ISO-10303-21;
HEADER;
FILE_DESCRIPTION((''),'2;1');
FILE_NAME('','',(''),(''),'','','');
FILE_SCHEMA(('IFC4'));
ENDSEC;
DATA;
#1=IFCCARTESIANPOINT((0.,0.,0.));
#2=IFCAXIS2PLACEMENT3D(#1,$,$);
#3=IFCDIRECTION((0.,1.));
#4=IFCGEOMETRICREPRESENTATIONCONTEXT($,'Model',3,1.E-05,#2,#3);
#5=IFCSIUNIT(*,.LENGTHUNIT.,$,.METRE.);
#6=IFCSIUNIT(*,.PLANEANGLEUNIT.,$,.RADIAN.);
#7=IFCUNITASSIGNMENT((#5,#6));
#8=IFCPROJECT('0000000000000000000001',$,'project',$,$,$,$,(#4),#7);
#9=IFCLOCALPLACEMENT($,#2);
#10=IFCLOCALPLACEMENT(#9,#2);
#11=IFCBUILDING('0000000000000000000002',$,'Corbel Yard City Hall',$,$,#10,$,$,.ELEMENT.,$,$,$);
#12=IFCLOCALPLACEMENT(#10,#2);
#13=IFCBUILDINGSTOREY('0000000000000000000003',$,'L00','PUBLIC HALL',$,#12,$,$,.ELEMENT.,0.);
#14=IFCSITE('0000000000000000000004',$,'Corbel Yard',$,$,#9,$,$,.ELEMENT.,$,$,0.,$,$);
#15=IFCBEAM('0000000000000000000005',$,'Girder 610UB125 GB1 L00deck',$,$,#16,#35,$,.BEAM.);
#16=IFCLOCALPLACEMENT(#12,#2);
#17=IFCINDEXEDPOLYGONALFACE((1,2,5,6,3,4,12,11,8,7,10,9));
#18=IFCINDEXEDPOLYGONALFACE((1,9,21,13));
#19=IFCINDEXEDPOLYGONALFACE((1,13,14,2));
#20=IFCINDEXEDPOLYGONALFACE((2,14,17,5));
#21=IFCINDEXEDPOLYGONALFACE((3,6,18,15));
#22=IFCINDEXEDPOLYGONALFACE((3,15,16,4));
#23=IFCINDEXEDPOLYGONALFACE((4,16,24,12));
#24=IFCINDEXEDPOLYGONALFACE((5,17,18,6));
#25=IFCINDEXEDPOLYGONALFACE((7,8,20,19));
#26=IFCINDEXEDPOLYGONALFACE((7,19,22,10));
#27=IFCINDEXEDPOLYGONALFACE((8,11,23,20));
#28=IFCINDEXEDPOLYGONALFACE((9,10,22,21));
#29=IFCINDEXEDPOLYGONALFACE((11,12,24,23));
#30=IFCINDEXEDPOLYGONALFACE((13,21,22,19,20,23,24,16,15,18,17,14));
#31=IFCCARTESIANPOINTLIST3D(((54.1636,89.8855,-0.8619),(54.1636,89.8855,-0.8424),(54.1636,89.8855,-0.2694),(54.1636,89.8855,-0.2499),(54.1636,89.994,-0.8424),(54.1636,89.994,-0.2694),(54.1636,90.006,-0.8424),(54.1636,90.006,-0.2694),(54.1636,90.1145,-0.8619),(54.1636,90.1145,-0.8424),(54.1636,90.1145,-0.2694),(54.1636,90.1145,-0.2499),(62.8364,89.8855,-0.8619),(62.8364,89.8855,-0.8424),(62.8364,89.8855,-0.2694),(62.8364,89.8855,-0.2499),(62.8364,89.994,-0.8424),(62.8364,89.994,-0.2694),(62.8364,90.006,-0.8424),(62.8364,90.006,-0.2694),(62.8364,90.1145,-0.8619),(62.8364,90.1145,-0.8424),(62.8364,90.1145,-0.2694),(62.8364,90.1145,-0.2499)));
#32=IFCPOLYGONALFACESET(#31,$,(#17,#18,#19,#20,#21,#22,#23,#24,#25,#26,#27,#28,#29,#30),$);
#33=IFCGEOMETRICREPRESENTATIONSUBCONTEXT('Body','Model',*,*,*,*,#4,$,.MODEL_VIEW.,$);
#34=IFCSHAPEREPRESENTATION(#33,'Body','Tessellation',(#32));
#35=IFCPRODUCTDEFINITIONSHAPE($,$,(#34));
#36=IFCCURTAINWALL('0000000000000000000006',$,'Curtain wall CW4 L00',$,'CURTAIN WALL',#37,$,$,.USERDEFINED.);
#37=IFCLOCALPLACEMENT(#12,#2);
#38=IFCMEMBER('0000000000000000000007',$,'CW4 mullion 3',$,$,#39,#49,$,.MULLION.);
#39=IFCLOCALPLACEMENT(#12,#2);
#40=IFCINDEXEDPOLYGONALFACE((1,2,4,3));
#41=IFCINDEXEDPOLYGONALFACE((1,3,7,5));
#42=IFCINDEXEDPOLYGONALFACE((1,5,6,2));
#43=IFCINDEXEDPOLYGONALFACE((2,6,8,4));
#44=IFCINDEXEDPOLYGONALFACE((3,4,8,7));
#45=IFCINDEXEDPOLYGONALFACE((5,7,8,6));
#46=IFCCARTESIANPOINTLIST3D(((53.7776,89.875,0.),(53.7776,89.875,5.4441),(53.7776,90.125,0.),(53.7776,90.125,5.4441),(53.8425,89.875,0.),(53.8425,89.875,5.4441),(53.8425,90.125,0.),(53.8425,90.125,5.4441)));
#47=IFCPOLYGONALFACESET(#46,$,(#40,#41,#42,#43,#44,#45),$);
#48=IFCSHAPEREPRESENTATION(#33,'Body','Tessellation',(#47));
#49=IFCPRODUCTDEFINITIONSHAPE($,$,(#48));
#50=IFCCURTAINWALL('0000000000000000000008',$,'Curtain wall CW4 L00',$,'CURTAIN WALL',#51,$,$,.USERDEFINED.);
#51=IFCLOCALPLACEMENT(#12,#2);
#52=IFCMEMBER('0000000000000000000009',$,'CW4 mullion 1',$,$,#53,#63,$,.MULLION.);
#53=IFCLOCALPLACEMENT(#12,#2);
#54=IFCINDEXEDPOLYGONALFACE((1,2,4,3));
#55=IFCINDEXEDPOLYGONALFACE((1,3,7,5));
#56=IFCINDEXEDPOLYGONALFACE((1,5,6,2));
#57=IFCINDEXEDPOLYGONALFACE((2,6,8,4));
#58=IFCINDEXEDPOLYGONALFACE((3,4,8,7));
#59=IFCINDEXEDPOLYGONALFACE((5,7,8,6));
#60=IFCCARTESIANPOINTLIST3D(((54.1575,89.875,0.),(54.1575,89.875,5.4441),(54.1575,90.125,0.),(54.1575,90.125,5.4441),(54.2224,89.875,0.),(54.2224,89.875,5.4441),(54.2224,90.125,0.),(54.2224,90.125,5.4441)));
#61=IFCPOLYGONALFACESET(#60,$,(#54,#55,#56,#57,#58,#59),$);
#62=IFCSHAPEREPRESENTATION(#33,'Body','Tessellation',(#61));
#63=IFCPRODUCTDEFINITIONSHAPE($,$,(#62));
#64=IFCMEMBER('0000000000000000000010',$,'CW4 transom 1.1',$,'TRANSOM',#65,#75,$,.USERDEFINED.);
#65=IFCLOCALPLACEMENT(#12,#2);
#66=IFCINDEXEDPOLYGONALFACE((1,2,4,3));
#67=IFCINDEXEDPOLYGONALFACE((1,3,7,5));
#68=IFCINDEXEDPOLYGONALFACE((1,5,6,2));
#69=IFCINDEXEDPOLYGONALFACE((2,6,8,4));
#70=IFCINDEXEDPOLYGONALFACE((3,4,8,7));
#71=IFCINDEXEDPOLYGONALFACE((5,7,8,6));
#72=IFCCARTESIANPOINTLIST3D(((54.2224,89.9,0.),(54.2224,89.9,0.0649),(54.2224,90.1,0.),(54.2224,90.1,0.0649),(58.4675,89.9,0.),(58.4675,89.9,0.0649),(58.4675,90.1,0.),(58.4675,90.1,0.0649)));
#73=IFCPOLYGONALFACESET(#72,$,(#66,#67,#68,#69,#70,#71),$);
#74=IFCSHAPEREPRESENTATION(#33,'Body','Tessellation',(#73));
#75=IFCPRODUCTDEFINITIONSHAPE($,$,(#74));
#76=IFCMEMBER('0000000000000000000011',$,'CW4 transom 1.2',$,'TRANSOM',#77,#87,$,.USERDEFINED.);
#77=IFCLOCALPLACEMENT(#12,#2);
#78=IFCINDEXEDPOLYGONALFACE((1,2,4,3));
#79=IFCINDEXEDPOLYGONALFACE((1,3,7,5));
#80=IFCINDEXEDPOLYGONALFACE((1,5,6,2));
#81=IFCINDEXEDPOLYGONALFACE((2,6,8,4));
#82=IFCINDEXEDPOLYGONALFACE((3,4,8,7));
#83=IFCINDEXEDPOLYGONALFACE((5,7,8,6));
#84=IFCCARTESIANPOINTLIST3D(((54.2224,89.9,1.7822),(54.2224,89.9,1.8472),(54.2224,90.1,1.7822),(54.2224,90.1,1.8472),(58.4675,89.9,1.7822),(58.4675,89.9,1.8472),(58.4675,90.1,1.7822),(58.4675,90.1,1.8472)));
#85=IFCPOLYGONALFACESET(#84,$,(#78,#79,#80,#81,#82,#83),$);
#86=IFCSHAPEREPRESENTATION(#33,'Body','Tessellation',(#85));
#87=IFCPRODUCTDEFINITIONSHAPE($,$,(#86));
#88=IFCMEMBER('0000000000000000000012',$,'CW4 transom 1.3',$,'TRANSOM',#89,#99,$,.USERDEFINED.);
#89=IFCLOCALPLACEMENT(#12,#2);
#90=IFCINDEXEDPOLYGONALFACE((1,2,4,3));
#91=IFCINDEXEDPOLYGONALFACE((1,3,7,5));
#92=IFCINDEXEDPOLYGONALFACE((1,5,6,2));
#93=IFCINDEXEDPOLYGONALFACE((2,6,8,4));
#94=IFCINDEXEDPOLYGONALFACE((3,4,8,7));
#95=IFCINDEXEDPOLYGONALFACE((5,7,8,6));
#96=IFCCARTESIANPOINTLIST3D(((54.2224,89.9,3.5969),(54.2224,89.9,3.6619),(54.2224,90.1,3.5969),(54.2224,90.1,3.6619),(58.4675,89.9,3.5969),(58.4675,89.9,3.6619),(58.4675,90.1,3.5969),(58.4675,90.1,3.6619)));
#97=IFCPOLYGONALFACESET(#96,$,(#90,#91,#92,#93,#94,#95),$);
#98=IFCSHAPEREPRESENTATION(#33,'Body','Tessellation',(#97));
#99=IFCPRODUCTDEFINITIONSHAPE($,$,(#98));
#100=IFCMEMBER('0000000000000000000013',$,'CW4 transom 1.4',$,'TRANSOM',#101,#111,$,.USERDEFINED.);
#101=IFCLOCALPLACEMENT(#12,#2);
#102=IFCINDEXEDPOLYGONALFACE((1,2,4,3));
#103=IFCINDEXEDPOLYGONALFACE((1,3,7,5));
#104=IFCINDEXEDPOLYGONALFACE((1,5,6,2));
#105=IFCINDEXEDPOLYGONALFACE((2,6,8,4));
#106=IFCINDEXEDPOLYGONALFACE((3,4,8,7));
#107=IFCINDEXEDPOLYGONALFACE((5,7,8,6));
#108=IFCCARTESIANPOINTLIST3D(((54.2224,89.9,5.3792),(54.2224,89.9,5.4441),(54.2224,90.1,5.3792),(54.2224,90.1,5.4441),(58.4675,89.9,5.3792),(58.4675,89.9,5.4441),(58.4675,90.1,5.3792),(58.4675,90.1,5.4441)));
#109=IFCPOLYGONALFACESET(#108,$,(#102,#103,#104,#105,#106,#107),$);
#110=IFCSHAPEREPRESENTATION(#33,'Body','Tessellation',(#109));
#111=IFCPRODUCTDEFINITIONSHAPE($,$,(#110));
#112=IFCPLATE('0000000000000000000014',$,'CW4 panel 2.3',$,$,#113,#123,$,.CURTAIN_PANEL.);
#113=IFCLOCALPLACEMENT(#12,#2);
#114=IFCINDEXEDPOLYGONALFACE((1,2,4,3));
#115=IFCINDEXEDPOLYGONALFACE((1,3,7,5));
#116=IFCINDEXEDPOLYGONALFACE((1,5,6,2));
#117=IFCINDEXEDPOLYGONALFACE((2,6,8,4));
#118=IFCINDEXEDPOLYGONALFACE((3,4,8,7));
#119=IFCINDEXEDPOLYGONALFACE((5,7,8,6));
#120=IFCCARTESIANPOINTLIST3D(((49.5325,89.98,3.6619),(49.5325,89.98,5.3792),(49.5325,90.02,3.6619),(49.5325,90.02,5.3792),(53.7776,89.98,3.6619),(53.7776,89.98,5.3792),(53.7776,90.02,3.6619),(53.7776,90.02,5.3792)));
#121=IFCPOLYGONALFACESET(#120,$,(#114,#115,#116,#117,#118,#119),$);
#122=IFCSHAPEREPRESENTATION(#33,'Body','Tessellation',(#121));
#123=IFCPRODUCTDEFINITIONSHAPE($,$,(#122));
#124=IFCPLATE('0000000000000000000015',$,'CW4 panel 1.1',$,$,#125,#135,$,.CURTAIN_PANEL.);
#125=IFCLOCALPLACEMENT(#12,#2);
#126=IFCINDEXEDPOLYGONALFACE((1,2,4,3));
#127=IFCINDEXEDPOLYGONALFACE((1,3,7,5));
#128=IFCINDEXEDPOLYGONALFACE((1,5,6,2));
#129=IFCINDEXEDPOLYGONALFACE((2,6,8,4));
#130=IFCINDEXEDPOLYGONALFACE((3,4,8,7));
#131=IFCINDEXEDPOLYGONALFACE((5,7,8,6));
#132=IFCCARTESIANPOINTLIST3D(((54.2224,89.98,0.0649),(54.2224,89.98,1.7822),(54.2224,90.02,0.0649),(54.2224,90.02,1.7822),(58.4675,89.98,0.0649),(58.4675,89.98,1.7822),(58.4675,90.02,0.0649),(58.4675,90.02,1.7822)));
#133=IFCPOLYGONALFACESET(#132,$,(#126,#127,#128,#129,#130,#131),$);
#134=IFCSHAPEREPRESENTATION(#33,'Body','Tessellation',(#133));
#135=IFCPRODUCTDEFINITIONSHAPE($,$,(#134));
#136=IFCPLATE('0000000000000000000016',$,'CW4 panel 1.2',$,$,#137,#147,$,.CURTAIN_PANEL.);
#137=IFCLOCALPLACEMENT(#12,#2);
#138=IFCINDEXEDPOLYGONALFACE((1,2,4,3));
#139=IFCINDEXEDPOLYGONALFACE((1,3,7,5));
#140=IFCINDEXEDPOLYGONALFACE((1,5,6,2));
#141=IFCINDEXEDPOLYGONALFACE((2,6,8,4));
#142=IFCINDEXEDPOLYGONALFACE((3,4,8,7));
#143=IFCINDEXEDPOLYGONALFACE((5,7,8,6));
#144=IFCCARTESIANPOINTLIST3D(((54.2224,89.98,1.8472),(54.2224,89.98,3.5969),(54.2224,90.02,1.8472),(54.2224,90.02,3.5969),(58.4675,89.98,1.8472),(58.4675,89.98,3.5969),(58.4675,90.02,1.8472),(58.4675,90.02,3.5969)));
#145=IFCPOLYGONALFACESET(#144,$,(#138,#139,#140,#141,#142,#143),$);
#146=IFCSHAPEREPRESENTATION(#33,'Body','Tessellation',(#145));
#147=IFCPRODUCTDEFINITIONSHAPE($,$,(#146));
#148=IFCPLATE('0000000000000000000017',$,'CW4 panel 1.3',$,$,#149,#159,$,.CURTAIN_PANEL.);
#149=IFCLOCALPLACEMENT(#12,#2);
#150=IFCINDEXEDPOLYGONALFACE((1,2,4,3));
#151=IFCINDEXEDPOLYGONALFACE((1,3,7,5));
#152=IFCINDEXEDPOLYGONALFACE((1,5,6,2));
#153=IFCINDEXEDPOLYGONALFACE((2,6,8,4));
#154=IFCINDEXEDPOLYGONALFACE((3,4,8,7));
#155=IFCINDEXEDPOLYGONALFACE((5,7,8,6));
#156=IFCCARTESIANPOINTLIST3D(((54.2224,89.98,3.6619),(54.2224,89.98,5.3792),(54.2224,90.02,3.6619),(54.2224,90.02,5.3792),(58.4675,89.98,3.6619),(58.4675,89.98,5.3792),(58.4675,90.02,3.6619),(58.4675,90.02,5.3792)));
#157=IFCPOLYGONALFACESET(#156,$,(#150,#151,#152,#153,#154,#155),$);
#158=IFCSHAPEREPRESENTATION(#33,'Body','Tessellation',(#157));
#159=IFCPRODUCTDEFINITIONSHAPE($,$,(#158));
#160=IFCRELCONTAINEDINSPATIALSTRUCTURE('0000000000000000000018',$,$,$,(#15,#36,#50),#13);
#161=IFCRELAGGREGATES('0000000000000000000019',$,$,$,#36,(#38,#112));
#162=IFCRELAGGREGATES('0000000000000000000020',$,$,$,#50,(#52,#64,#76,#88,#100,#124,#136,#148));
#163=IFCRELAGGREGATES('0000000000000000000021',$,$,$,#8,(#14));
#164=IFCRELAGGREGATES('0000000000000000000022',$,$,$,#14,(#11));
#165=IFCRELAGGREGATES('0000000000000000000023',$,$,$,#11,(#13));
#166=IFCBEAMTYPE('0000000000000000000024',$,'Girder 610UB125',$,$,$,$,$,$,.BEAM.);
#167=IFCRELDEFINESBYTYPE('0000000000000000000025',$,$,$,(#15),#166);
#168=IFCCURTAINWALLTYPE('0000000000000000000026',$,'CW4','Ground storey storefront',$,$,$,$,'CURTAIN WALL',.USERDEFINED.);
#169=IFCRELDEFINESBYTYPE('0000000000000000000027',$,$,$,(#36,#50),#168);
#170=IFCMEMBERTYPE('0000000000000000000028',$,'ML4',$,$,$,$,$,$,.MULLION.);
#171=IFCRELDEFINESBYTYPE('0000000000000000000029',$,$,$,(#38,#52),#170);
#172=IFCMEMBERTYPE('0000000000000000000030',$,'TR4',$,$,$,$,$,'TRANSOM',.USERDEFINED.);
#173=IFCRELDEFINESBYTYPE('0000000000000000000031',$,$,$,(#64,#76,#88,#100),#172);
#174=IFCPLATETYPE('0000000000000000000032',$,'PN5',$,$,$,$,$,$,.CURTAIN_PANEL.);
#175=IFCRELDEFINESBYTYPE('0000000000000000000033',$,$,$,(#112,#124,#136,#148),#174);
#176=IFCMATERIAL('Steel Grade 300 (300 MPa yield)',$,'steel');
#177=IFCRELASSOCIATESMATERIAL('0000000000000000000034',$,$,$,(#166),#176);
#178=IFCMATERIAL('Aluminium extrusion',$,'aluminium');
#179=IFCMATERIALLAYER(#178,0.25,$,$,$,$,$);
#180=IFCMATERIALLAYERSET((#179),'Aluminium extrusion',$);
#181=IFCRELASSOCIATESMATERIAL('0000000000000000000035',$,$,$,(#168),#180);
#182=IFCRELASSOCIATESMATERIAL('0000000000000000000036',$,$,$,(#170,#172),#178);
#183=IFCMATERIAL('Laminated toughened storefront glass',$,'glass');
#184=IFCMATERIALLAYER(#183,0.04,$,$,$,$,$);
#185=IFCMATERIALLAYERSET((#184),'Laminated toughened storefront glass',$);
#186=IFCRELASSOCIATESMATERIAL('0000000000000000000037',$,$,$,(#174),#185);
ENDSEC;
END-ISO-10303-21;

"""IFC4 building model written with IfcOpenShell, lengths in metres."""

from ifc_helpers import new_model, si_unit, direction, frame, origin, origin_2d, place, context, subcontext, project, spatial, rectangle, i_section, extrude, material, layer, layer_set, material_profile, profile_set, type_object, element, aggregate, save


model = new_model("IFC4")

# Units and contexts
model_context = context("Model", 3, precision=1e-05, world=origin(), true_north=direction((0.0, 1.0)))
body_context = subcontext(model_context, "Body", "Model", "MODEL_VIEW")
ifc_project = project(units=[si_unit("LENGTHUNIT", "METRE"), si_unit("PLANEANGLEUNIT", "RADIAN")], contexts=[model_context])

# Site, building, storey
site_placement = place(None, origin())
site = spatial("IfcSite", under=ifc_project, at=site_placement, Name="Corbel Yard", CompositionType="ELEMENT", RefElevation=0.0)
building_placement = place(site_placement, origin())
building = spatial("IfcBuilding", under=site, at=building_placement, Name="Corbel Yard City Hall", CompositionType="ELEMENT")
storey_placement = place(building_placement, origin())
storey = spatial("IfcBuildingStorey", under=building, at=storey_placement, Name="L00", Description="PUBLIC HALL", CompositionType="ELEMENT", Elevation=0.0)

# Shared definitions
ifc_material_1 = material(Name="Steel Grade 300 (300 MPa yield)", Category="steel")

# Beam
ifc_material_profile_1 = material_profile(ifc_material_1, i_section(OverallWidth=0.229, OverallDepth=0.6121, WebThickness=0.012, FlangeThickness=0.0195, at=origin_2d()), Name="610UB125")
ifc_profile_set_1 = profile_set([ifc_material_profile_1], Name="Steel Grade 300 (300 MPa yield)")
beam_type_1 = type_object("IfcBeamType", Name="Girder 610UB125", PredefinedType="BEAM", material=ifc_profile_set_1)
beam_1_placement = place(storey_placement, frame((54.1636, 90.0, -0.5559), z_axis=(1.0, 0.0, 0.0), x_axis=(0.0, 1.0, 0.0)))
element("IfcBeam", 1, at=beam_1_placement, inside=storey, type_object=beam_type_1, Name="Girder 610UB125 GB1 L00deck", PredefinedType="BEAM", context=body_context, shape_type="SweptSolid", body=[
    extrude(i_section(OverallWidth=0.229, OverallDepth=0.6121, WebThickness=0.012, FlangeThickness=0.0195, at=origin_2d()), origin(), (0.0, 0.0, 1.0), 8.6729),
])

# Curtain wall, member
ifc_material_2 = material(Name="Aluminium extrusion", Category="aluminium")
ifc_layer_1 = layer(ifc_material_2, 0.25)
ifc_layer_set_1 = layer_set([ifc_layer_1], Name="Aluminium extrusion")
curtain_wall_type = type_object("IfcCurtainWallType", Name="CW4", Description="Ground storey storefront", ElementType="CURTAIN WALL", PredefinedType="USERDEFINED", material=ifc_layer_set_1)
curtain_wall_1_placement = place(storey_placement, origin())
curtain_wall_1 = element("IfcCurtainWall", 2, at=curtain_wall_1_placement, inside=storey, type_object=curtain_wall_type, Name="Curtain wall CW4 L00", ObjectType="CURTAIN WALL", PredefinedType="USERDEFINED")
ifc_material_profile_2 = material_profile(ifc_material_2, rectangle(XDim=0.25, YDim=0.0649, at=origin_2d()), Name="250x65")
ifc_profile_set_2 = profile_set([ifc_material_profile_2], Name="Aluminium extrusion")
member_type_1 = type_object("IfcMemberType", Name="ML4", PredefinedType="MULLION", material=ifc_profile_set_2)
member_1_placement = place(storey_placement, frame((53.8101, 90.0, 0.0), z_axis=(0.0, 0.0, 1.0), x_axis=(0.0, 1.0, 0.0)))
member_1 = element("IfcMember", 3, at=member_1_placement, type_object=member_type_1, Name="CW4 mullion 3", PredefinedType="MULLION", context=body_context, shape_type="SweptSolid", body=[
    extrude(rectangle(XDim=0.25, YDim=0.0649, at=origin_2d()), origin(), (0.0, 0.0, 1.0), 5.4441),
])

# Curtain wall, members
curtain_wall_2_placement = place(storey_placement, origin())
curtain_wall_2 = element("IfcCurtainWall", 4, at=curtain_wall_2_placement, inside=storey, type_object=curtain_wall_type, Name="Curtain wall CW4 L00", ObjectType="CURTAIN WALL", PredefinedType="USERDEFINED")
member_2_placement = place(storey_placement, frame((54.1899, 90.0, 0.0), z_axis=(0.0, 0.0, 1.0), x_axis=(0.0, 1.0, 0.0)))
member_2 = element("IfcMember", 5, at=member_2_placement, type_object=member_type_1, Name="CW4 mullion 1", PredefinedType="MULLION", context=body_context, shape_type="SweptSolid", body=[
    extrude(rectangle(XDim=0.25, YDim=0.0649, at=origin_2d()), origin(), (0.0, 0.0, 1.0), 5.4441),
])
ifc_material_profile_3 = material_profile(ifc_material_2, rectangle(XDim=0.2, YDim=0.0649, at=origin_2d()), Name="200x65")
ifc_profile_set_3 = profile_set([ifc_material_profile_3], Name="Aluminium extrusion")
member_type_2 = type_object("IfcMemberType", Name="TR4", ElementType="TRANSOM", PredefinedType="USERDEFINED", material=ifc_profile_set_3)
member_3_placement = place(storey_placement, frame((54.2224, 90.0, 0.0325), z_axis=(1.0, 0.0, 0.0), x_axis=(0.0, 1.0, 0.0)))
member_3 = element("IfcMember", 6, at=member_3_placement, type_object=member_type_2, Name="CW4 transom 1.1", ObjectType="TRANSOM", PredefinedType="USERDEFINED", context=body_context, shape_type="SweptSolid", body=[
    extrude(rectangle(XDim=0.2, YDim=0.0649, at=origin_2d()), origin(), (0.0, 0.0, 1.0), 4.2451),
])
member_4_placement = place(storey_placement, frame((54.2224, 90.0, 1.8147), z_axis=(1.0, 0.0, 0.0), x_axis=(0.0, 1.0, 0.0)))
member_4 = element("IfcMember", 7, at=member_4_placement, type_object=member_type_2, Name="CW4 transom 1.2", ObjectType="TRANSOM", PredefinedType="USERDEFINED", context=body_context, shape_type="SweptSolid", body=[
    extrude(rectangle(XDim=0.2, YDim=0.0649, at=origin_2d()), origin(), (0.0, 0.0, 1.0), 4.2451),
])
member_5_placement = place(storey_placement, frame((54.2224, 90.0, 3.6294), z_axis=(1.0, 0.0, 0.0), x_axis=(0.0, 1.0, 0.0)))
member_5 = element("IfcMember", 8, at=member_5_placement, type_object=member_type_2, Name="CW4 transom 1.3", ObjectType="TRANSOM", PredefinedType="USERDEFINED", context=body_context, shape_type="SweptSolid", body=[
    extrude(rectangle(XDim=0.2, YDim=0.0649, at=origin_2d()), origin(), (0.0, 0.0, 1.0), 4.2451),
])
member_6_placement = place(storey_placement, frame((54.2224, 90.0, 5.4116), z_axis=(1.0, 0.0, 0.0), x_axis=(0.0, 1.0, 0.0)))
member_6 = element("IfcMember", 9, at=member_6_placement, type_object=member_type_2, Name="CW4 transom 1.4", ObjectType="TRANSOM", PredefinedType="USERDEFINED", context=body_context, shape_type="SweptSolid", body=[
    extrude(rectangle(XDim=0.2, YDim=0.0649, at=origin_2d()), origin(), (0.0, 0.0, 1.0), 4.2451),
])

# Plates
ifc_material_3 = material(Name="Laminated toughened storefront glass", Category="glass")
ifc_layer_2 = layer(ifc_material_3, 0.04)
ifc_layer_set_2 = layer_set([ifc_layer_2], Name="Laminated toughened storefront glass")
plate_type = type_object("IfcPlateType", Name="PN5", PredefinedType="CURTAIN_PANEL", material=ifc_layer_set_2)
plate_1_placement = place(storey_placement, frame((51.655, 90.0, 3.6619), z_axis=(0.0, 0.0, 1.0), x_axis=(1.0, 0.0, 0.0)))
plate_1 = element("IfcPlate", 10, at=plate_1_placement, type_object=plate_type, Name="CW4 panel 2.3", PredefinedType="CURTAIN_PANEL", context=body_context, shape_type="SweptSolid", body=[
    extrude(rectangle(XDim=4.2451, YDim=0.04, at=origin_2d()), origin(), (0.0, 0.0, 1.0), 1.7173),
])
aggregate(curtain_wall_1, [member_1, plate_1])
plate_2_placement = place(storey_placement, frame((56.345, 90.0, 0.0649), z_axis=(0.0, 0.0, 1.0), x_axis=(1.0, 0.0, 0.0)))
plate_2 = element("IfcPlate", 11, at=plate_2_placement, type_object=plate_type, Name="CW4 panel 1.1", PredefinedType="CURTAIN_PANEL", context=body_context, shape_type="SweptSolid", body=[
    extrude(rectangle(XDim=4.2451, YDim=0.04, at=origin_2d()), origin(), (0.0, 0.0, 1.0), 1.7173),
])
plate_3_placement = place(storey_placement, frame((56.345, 90.0, 1.8472), z_axis=(0.0, 0.0, 1.0), x_axis=(1.0, 0.0, 0.0)))
plate_3 = element("IfcPlate", 12, at=plate_3_placement, type_object=plate_type, Name="CW4 panel 1.2", PredefinedType="CURTAIN_PANEL", context=body_context, shape_type="SweptSolid", body=[
    extrude(rectangle(XDim=4.2451, YDim=0.04, at=origin_2d()), origin(), (0.0, 0.0, 1.0), 1.7498),
])
plate_4_placement = place(storey_placement, frame((56.345, 90.0, 3.6619), z_axis=(0.0, 0.0, 1.0), x_axis=(1.0, 0.0, 0.0)))
plate_4 = element("IfcPlate", 13, at=plate_4_placement, type_object=plate_type, Name="CW4 panel 1.3", PredefinedType="CURTAIN_PANEL", context=body_context, shape_type="SweptSolid", body=[
    extrude(rectangle(XDim=4.2451, YDim=0.04, at=origin_2d()), origin(), (0.0, 0.0, 1.0), 1.7173),
])
aggregate(curtain_wall_2, [member_2, member_3, member_4, member_5, member_6, plate_2, plate_3, plate_4])

save(model, "model.ifc")
